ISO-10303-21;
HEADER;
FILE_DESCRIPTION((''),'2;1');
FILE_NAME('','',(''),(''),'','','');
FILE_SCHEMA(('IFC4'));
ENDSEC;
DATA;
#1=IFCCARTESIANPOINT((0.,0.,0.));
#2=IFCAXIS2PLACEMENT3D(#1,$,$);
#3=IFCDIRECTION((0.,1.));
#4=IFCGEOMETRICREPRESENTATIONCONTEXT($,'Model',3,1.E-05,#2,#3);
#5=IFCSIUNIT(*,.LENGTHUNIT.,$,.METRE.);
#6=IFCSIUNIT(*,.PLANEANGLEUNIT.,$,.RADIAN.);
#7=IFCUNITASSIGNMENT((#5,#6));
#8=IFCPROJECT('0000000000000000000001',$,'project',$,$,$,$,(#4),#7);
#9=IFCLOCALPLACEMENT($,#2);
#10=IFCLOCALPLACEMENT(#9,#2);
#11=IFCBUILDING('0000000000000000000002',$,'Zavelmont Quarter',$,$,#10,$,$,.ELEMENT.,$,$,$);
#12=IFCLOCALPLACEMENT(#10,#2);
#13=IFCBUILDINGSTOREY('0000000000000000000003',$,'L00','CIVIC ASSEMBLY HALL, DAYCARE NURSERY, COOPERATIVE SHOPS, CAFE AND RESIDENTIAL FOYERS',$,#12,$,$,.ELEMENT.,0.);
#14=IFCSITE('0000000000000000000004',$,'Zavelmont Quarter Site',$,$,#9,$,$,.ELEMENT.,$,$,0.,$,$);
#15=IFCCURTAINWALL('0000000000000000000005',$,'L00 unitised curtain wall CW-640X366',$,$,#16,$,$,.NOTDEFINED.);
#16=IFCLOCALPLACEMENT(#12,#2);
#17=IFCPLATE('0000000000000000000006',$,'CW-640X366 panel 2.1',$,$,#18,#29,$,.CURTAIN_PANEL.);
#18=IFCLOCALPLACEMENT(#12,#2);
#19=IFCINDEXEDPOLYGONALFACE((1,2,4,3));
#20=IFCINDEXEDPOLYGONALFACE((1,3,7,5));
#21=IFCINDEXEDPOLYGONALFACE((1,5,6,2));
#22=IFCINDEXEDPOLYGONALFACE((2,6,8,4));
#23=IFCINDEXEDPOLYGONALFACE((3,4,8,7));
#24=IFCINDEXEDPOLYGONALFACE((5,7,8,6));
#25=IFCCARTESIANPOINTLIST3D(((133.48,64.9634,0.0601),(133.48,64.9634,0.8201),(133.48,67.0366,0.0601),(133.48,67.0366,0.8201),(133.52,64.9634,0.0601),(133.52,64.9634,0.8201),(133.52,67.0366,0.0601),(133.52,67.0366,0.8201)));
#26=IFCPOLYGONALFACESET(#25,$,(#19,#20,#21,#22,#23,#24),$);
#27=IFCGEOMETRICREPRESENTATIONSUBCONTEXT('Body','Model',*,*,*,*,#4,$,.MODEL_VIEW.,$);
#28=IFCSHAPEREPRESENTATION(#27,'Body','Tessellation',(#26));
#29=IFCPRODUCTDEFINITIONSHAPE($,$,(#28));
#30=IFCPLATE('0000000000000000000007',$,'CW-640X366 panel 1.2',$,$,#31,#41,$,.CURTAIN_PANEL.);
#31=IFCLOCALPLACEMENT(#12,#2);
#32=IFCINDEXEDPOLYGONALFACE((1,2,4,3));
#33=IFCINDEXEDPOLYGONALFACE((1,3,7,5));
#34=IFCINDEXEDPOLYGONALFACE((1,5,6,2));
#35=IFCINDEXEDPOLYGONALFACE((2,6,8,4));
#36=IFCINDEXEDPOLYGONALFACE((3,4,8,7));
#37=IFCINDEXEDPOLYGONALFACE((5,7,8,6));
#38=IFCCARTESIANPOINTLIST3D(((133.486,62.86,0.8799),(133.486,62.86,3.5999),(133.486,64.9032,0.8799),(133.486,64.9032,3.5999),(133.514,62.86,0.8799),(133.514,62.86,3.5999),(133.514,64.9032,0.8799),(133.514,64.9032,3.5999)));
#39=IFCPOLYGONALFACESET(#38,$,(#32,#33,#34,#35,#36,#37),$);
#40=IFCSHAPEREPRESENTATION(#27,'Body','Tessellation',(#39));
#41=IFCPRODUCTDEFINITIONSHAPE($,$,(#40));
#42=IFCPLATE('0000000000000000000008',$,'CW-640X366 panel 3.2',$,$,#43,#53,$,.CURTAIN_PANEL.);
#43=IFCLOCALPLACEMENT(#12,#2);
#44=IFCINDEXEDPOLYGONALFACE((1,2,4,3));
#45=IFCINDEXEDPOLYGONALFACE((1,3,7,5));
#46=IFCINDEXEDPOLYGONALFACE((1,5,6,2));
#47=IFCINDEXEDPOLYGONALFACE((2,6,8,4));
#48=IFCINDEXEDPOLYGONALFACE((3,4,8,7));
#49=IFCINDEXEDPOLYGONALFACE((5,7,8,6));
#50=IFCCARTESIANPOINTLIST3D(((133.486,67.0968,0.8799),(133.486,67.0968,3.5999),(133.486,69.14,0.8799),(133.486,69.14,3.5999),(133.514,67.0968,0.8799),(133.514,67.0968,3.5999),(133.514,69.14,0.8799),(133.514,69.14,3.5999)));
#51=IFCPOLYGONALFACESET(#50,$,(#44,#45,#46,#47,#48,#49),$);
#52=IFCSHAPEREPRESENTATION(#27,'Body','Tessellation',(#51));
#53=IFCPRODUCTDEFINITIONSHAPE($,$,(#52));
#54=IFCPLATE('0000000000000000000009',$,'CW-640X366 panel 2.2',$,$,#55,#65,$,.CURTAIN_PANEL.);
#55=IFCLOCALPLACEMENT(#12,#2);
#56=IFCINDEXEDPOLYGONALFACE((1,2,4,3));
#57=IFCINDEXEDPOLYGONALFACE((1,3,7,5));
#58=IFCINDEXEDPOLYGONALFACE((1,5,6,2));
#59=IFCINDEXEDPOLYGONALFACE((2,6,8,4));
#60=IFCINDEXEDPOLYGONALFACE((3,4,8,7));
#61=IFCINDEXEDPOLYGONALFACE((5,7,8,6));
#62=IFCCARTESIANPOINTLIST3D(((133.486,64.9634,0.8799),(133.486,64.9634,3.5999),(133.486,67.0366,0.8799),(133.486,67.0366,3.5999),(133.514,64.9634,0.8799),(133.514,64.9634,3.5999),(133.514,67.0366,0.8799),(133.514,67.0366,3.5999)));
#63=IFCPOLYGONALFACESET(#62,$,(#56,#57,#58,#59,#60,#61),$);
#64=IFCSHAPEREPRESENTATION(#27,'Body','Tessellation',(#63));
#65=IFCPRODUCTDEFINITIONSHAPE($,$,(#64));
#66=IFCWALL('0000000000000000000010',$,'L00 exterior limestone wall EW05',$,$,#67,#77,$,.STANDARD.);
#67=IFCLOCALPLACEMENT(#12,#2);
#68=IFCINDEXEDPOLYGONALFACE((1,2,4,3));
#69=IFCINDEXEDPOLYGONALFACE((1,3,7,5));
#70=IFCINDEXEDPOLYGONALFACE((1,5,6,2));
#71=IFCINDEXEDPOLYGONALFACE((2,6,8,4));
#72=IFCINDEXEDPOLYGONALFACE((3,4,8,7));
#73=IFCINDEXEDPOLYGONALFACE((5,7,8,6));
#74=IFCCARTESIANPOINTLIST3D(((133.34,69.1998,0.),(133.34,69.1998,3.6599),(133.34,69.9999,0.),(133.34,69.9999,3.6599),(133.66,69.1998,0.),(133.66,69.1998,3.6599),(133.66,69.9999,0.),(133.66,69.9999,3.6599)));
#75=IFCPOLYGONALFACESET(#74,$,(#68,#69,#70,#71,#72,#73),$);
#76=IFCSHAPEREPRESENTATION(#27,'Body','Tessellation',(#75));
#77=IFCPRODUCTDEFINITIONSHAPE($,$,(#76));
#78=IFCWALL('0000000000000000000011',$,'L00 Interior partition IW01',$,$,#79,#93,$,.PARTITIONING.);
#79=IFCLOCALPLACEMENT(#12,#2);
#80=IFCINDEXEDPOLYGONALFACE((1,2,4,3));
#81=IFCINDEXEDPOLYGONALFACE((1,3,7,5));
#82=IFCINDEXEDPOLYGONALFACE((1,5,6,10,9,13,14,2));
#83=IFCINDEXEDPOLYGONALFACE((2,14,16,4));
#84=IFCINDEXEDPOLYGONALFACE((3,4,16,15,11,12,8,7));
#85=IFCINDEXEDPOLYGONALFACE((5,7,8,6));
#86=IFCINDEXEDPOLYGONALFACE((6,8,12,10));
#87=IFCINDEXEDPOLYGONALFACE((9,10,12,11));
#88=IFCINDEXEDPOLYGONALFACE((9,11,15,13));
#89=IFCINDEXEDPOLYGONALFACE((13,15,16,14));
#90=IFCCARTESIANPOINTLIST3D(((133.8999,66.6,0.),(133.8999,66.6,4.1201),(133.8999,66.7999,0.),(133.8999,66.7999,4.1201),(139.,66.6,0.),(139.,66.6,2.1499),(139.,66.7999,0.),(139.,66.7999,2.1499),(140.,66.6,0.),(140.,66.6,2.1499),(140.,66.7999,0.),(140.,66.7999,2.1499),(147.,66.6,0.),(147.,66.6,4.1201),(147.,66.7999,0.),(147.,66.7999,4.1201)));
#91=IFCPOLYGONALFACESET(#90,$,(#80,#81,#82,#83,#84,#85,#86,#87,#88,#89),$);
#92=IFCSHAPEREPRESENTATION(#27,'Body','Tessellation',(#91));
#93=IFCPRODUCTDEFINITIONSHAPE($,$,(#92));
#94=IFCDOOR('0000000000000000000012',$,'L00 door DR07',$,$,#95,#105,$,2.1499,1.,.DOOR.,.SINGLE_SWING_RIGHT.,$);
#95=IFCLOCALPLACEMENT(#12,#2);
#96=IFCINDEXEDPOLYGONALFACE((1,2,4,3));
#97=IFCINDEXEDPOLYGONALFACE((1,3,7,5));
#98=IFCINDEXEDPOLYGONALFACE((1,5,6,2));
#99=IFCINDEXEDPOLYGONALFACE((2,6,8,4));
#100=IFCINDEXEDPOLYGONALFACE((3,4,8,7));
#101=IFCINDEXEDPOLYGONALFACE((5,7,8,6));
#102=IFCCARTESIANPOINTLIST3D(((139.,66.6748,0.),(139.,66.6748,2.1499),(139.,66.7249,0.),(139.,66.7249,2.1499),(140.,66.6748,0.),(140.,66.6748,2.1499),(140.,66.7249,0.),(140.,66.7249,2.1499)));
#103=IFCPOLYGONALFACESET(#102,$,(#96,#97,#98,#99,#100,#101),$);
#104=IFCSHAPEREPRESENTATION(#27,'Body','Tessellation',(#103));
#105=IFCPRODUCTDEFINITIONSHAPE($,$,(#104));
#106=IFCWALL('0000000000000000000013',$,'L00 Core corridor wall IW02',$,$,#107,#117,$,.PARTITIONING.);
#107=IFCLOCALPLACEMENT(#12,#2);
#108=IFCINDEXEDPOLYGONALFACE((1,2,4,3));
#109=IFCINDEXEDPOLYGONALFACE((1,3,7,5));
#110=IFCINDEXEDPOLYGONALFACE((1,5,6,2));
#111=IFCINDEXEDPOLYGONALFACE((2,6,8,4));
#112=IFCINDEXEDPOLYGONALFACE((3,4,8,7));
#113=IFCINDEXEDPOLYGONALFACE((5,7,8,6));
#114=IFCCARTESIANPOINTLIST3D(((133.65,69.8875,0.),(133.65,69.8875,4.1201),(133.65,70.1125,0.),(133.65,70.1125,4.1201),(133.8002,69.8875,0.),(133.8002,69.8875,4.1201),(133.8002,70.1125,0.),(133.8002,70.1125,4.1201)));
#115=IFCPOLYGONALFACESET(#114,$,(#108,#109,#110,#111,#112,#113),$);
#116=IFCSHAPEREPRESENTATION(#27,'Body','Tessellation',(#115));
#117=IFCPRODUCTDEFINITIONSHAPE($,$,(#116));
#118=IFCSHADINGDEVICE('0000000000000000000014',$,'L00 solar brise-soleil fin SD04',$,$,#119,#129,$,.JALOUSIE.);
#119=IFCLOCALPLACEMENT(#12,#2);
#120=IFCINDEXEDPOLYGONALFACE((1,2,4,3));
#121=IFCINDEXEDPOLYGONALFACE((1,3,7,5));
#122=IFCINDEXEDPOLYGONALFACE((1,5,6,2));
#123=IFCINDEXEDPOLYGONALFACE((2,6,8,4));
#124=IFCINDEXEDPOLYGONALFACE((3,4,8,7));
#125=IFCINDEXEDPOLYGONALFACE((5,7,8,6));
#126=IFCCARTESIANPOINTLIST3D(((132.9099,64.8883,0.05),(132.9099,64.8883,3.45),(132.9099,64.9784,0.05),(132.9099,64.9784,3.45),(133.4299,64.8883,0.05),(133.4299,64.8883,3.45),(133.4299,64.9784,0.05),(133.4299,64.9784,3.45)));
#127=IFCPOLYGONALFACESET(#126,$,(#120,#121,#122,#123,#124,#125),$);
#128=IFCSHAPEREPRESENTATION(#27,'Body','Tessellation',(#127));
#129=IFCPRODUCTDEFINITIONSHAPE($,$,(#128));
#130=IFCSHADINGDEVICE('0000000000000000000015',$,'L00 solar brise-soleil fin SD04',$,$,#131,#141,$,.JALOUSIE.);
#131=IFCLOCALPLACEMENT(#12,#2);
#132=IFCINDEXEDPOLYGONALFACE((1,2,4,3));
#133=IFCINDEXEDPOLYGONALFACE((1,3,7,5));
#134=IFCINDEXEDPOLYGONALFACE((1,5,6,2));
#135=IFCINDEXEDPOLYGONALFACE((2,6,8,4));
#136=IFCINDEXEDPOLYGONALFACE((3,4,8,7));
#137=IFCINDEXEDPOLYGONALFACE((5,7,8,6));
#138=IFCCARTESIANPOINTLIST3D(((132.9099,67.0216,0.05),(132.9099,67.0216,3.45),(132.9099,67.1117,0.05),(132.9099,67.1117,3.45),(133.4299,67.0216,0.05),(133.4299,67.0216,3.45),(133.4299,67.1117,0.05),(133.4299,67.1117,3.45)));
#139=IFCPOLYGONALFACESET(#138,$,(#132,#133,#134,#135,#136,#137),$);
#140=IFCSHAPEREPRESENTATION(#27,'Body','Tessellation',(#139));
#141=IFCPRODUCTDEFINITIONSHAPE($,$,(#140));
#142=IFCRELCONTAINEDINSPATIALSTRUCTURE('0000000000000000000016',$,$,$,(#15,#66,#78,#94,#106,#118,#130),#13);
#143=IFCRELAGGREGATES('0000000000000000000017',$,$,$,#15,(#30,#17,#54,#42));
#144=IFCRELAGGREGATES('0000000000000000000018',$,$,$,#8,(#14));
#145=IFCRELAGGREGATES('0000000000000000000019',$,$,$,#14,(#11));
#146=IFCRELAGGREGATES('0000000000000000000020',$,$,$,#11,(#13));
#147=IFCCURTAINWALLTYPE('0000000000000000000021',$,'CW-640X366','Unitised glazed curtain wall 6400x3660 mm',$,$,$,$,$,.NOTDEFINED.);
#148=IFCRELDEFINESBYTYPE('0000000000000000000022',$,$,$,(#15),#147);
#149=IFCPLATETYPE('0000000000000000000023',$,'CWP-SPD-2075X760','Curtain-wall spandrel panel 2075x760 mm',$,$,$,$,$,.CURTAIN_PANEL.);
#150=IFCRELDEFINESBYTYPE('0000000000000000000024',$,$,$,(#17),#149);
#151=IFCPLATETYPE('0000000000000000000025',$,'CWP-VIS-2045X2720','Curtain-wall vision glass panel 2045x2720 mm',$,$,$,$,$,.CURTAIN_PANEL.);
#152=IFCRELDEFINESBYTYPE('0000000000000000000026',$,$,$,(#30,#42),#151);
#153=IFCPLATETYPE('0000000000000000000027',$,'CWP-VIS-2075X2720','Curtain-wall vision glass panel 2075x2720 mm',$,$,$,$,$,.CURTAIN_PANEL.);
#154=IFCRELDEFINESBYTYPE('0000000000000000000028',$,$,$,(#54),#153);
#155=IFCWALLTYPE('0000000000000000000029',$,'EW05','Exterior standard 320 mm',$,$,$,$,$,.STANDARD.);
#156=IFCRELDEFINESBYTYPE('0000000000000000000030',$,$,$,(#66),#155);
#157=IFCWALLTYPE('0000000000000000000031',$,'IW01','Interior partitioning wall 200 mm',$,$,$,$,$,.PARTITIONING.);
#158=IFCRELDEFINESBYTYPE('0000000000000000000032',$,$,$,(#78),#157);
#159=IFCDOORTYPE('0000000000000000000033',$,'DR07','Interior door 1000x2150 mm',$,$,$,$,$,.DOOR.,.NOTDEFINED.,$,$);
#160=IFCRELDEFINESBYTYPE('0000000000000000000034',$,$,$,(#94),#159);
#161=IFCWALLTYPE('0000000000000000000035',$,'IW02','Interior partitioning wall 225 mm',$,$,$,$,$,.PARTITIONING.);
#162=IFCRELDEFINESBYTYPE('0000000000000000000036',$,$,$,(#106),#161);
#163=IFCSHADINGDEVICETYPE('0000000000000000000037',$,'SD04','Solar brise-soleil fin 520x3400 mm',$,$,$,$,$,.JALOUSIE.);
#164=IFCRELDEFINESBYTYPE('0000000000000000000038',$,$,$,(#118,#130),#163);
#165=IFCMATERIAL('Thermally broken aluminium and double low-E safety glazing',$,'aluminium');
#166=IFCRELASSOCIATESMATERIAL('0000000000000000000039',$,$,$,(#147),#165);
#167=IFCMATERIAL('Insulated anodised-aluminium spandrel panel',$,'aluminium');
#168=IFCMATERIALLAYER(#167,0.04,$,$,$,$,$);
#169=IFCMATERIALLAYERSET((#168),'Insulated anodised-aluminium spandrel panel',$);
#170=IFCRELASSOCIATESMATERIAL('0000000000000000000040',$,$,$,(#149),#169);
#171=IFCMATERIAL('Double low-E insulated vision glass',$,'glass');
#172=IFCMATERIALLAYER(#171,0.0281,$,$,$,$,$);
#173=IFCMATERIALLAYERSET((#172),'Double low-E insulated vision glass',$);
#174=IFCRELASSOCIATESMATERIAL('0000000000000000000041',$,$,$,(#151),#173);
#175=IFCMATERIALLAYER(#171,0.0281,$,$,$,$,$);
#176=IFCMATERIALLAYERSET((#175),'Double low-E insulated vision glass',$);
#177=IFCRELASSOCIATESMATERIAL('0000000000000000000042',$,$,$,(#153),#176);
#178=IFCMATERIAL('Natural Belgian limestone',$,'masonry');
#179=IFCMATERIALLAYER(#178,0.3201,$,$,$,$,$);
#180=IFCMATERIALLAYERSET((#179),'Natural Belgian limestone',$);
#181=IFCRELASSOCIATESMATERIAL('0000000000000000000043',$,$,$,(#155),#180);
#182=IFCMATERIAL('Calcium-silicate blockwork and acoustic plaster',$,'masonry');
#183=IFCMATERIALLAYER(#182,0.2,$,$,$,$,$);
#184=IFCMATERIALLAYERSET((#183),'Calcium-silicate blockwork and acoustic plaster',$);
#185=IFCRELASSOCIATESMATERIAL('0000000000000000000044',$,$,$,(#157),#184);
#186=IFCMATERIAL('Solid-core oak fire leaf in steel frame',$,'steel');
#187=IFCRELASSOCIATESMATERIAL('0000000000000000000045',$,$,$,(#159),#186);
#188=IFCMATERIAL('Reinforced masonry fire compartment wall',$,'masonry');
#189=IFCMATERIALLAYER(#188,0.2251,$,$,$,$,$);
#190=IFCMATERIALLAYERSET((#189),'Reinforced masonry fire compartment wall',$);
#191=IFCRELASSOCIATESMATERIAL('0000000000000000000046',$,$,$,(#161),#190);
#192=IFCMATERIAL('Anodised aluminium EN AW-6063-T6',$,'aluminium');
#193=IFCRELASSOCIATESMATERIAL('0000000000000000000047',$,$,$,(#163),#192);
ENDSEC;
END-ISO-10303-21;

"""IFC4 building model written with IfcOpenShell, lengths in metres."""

from ifc_helpers import new_model, si_unit, direction, frame, frame_2d, origin, origin_with_axes, origin_2d, place, context, subcontext, project, spatial, rectangle, extrude, material, layer, layer_set, type_object, element, fill, aggregate, save


model = new_model("IFC4")

# Units and contexts
model_context = context("Model", 3, precision=1e-05, world=origin(), true_north=direction((0.0, 1.0)))
body_context = subcontext(model_context, "Body", "Model", "MODEL_VIEW")
ifc_project = project(units=[si_unit("LENGTHUNIT", "METRE"), si_unit("PLANEANGLEUNIT", "RADIAN")], contexts=[model_context])

# Site, building, storey
site_placement = place(None, origin())
site = spatial("IfcSite", under=ifc_project, at=site_placement, Name="Zavelmont Quarter Site", CompositionType="ELEMENT", RefElevation=0.0)
building_placement = place(site_placement, origin())
building = spatial("IfcBuilding", under=site, at=building_placement, Name="Zavelmont Quarter", CompositionType="ELEMENT")
storey_placement = place(building_placement, origin())
storey = spatial("IfcBuildingStorey", under=building, at=storey_placement, Name="L00", Description="CIVIC ASSEMBLY HALL, DAYCARE NURSERY, COOPERATIVE SHOPS, CAFE AND RESIDENTIAL FOYERS", CompositionType="ELEMENT", Elevation=0.0)

# Curtain wall, plates
ifc_material_1 = material(Name="Thermally broken aluminium and double low-E safety glazing", Category="aluminium")
curtain_wall_type = type_object("IfcCurtainWallType", Name="CW-640X366", Description="Unitised glazed curtain wall 6400x3660 mm", PredefinedType="NOTDEFINED", material=ifc_material_1)
curtain_wall_placement = place(storey_placement, origin())
curtain_wall = element("IfcCurtainWall", 1, at=curtain_wall_placement, inside=storey, type_object=curtain_wall_type, Name="L00 unitised curtain wall CW-640X366", PredefinedType="NOTDEFINED")
ifc_material_2 = material(Name="Insulated anodised-aluminium spandrel panel", Category="aluminium")
ifc_layer_1 = layer(ifc_material_2, 0.04)
ifc_layer_set_1 = layer_set([ifc_layer_1], Name="Insulated anodised-aluminium spandrel panel")
plate_type_1 = type_object("IfcPlateType", Name="CWP-SPD-2075X760", Description="Curtain-wall spandrel panel 2075x760 mm", PredefinedType="CURTAIN_PANEL", material=ifc_layer_set_1)
plate_1_placement = place(storey_placement, frame((133.5, 66.0, 0.0601), z_axis=(0.0, 0.0, 1.0), x_axis=(0.0, 1.0, 0.0)))
plate_1 = element("IfcPlate", 2, at=plate_1_placement, type_object=plate_type_1, Name="CW-640X366 panel 2.1", PredefinedType="CURTAIN_PANEL", context=body_context, shape_type="SweptSolid", body=[
    extrude(rectangle(XDim=2.0732, YDim=0.04, at=origin_2d()), origin(), (0.0, 0.0, 1.0), 0.76),
])
ifc_material_3 = material(Name="Double low-E insulated vision glass", Category="glass")
ifc_layer_2 = layer(ifc_material_3, 0.0281)
ifc_layer_set_2 = layer_set([ifc_layer_2], Name="Double low-E insulated vision glass")
plate_type_2 = type_object("IfcPlateType", Name="CWP-VIS-2045X2720", Description="Curtain-wall vision glass panel 2045x2720 mm", PredefinedType="CURTAIN_PANEL", material=ifc_layer_set_2)
plate_2_placement = place(storey_placement, frame((133.5, 63.8816, 0.8799), z_axis=(0.0, 0.0, 1.0), x_axis=(0.0, 1.0, 0.0)))
plate_2 = element("IfcPlate", 3, at=plate_2_placement, type_object=plate_type_2, Name="CW-640X366 panel 1.2", PredefinedType="CURTAIN_PANEL", context=body_context, shape_type="SweptSolid", body=[
    extrude(rectangle(XDim=2.0432, YDim=0.0281, at=origin_2d()), origin(), (0.0, 0.0, 1.0), 2.72),
])
plate_3_placement = place(storey_placement, frame((133.5, 68.1184, 0.8799), z_axis=(0.0, 0.0, 1.0), x_axis=(0.0, 1.0, 0.0)))
plate_3 = element("IfcPlate", 4, at=plate_3_placement, type_object=plate_type_2, Name="CW-640X366 panel 3.2", PredefinedType="CURTAIN_PANEL", context=body_context, shape_type="SweptSolid", body=[
    extrude(rectangle(XDim=2.0432, YDim=0.0281, at=origin_2d()), origin(), (0.0, 0.0, 1.0), 2.72),
])
ifc_layer_3 = layer(ifc_material_3, 0.0281)
ifc_layer_set_3 = layer_set([ifc_layer_3], Name="Double low-E insulated vision glass")
plate_type_3 = type_object("IfcPlateType", Name="CWP-VIS-2075X2720", Description="Curtain-wall vision glass panel 2075x2720 mm", PredefinedType="CURTAIN_PANEL", material=ifc_layer_set_3)
plate_4_placement = place(storey_placement, frame((133.5, 66.0, 0.8799), z_axis=(0.0, 0.0, 1.0), x_axis=(0.0, 1.0, 0.0)))
plate_4 = element("IfcPlate", 5, at=plate_4_placement, type_object=plate_type_3, Name="CW-640X366 panel 2.2", PredefinedType="CURTAIN_PANEL", context=body_context, shape_type="SweptSolid", body=[
    extrude(rectangle(XDim=2.0732, YDim=0.0281, at=origin_2d()), origin(), (0.0, 0.0, 1.0), 2.72),
])
aggregate(curtain_wall, [plate_2, plate_1, plate_4, plate_3])

# Wall
ifc_material_4 = material(Name="Natural Belgian limestone", Category="masonry")
ifc_layer_4 = layer(ifc_material_4, 0.3201)
ifc_layer_set_4 = layer_set([ifc_layer_4], Name="Natural Belgian limestone")
wall_type_1 = type_object("IfcWallType", Name="EW05", Description="Exterior standard 320 mm", PredefinedType="STANDARD", material=ifc_layer_set_4)
wall_1_placement = place(storey_placement, frame((133.5, 69.2, 0.0), z_axis=(0.0, 0.0, 1.0), x_axis=(0.0, 1.0, 0.0)))
element("IfcWall", 6, at=wall_1_placement, inside=storey, type_object=wall_type_1, Name="L00 exterior limestone wall EW05", PredefinedType="STANDARD", context=body_context, shape_type="SweptSolid", body=[
    extrude(rectangle(XDim=0.8, YDim=0.3201, at=frame_2d((0.3999, 0.0))), origin(), (0.0, 0.0, 1.0), 3.6599),
])

# Wall, opening, door
ifc_material_5 = material(Name="Calcium-silicate blockwork and acoustic plaster", Category="masonry")
ifc_layer_5 = layer(ifc_material_5, 0.2)
ifc_layer_set_5 = layer_set([ifc_layer_5], Name="Calcium-silicate blockwork and acoustic plaster")
wall_type_2 = type_object("IfcWallType", Name="IW01", Description="Interior partitioning wall 200 mm", PredefinedType="PARTITIONING", material=ifc_layer_set_5)
wall_2_placement = place(storey_placement, frame((133.8999, 66.7, 0.0), z_axis=(0.0, 0.0, 1.0), x_axis=(1.0, 0.0, 0.0)))
wall_2 = element("IfcWall", 7, at=wall_2_placement, inside=storey, type_object=wall_type_2, Name="L00 Interior partition IW01", PredefinedType="PARTITIONING", context=body_context, shape_type="SweptSolid", body=[
    extrude(rectangle(XDim=13.1001, YDim=0.2, at=frame_2d((6.55, 0.0))), origin(), (0.0, 0.0, 1.0), 4.1201),
])
opening_placement = place(wall_2_placement, frame((5.1001, 0.0, 0.0)))
opening = element("IfcOpeningElement", 8, at=opening_placement, cuts=wall_2, PredefinedType="OPENING", context=body_context, shape_type="SweptSolid", body=[
    extrude(rectangle(XDim=1.0, YDim=2.1499, at=frame_2d((0.5, 1.075))), frame((0.0, 0.1118, 0.0), z_axis=(0.0, -1.0, 0.0), x_axis=(1.0, 0.0, 0.0)), (0.0, 0.0, 1.0), 0.2239),
])
ifc_material_6 = material(Name="Solid-core oak fire leaf in steel frame", Category="steel")
door_type = type_object("IfcDoorType", Name="DR07", Description="Interior door 1000x2150 mm", OperationType="NOTDEFINED", PredefinedType="DOOR", material=ifc_material_6)
door_placement = place(opening_placement, origin_with_axes())
door = element("IfcDoor", 9, at=door_placement, inside=storey, type_object=door_type, Name="L00 door DR07", OperationType="SINGLE_SWING_RIGHT", OverallHeight=2.1499, OverallWidth=1.0, PredefinedType="DOOR", context=body_context, shape_type="SweptSolid", body=[
    extrude(rectangle(XDim=1.0, YDim=2.1499, at=frame_2d((0.5, 1.075))), frame((0.0, 0.0249, 0.0), z_axis=(0.0, -1.0, 0.0), x_axis=(1.0, 0.0, 0.0)), (0.0, 0.0, 1.0), 0.05),
])
fill(opening, door)

# Wall
ifc_material_7 = material(Name="Reinforced masonry fire compartment wall", Category="masonry")
ifc_layer_6 = layer(ifc_material_7, 0.2251)
ifc_layer_set_6 = layer_set([ifc_layer_6], Name="Reinforced masonry fire compartment wall")
wall_type_3 = type_object("IfcWallType", Name="IW02", Description="Interior partitioning wall 225 mm", PredefinedType="PARTITIONING", material=ifc_layer_set_6)
wall_3_placement = place(storey_placement, frame((133.6499, 70.0, 0.0), z_axis=(0.0, 0.0, 1.0), x_axis=(1.0, 0.0, 0.0)))
element("IfcWall", 10, at=wall_3_placement, inside=storey, type_object=wall_type_3, Name="L00 Core corridor wall IW02", PredefinedType="PARTITIONING", context=body_context, shape_type="SweptSolid", body=[
    extrude(rectangle(XDim=0.1501, YDim=0.2251, at=frame_2d((0.0752, 0.0))), origin(), (0.0, 0.0, 1.0), 4.1201),
])

# Shading devices
ifc_material_8 = material(Name="Anodised aluminium EN AW-6063-T6", Category="aluminium")
shading_device_type = type_object("IfcShadingDeviceType", Name="SD04", Description="Solar brise-soleil fin 520x3400 mm", PredefinedType="JALOUSIE", material=ifc_material_8)
for number, where, z_axis, x_axis, name in (
    (11, (133.1699, 64.9333, 0.05), (0.0, 0.0, 1.0), (0.0, 1.0, 0.0), "L00 solar brise-soleil fin SD04"),
    (12, (133.1699, 67.0667, 0.05), (0.0, 0.0, 1.0), (0.0, 1.0, 0.0), "L00 solar brise-soleil fin SD04"),
):
    element("IfcShadingDevice", number, at=place(storey_placement, frame(where, z_axis=z_axis, x_axis=x_axis)), inside=storey, type_object=shading_device_type, Name=name, PredefinedType="JALOUSIE", context=body_context, shape_type="SweptSolid", body=[
        extrude(rectangle(XDim=0.0901, YDim=0.52, at=origin_2d()), origin(), (0.0, 0.0, 1.0), 3.3999),
    ])

save(model, "model.ifc")
